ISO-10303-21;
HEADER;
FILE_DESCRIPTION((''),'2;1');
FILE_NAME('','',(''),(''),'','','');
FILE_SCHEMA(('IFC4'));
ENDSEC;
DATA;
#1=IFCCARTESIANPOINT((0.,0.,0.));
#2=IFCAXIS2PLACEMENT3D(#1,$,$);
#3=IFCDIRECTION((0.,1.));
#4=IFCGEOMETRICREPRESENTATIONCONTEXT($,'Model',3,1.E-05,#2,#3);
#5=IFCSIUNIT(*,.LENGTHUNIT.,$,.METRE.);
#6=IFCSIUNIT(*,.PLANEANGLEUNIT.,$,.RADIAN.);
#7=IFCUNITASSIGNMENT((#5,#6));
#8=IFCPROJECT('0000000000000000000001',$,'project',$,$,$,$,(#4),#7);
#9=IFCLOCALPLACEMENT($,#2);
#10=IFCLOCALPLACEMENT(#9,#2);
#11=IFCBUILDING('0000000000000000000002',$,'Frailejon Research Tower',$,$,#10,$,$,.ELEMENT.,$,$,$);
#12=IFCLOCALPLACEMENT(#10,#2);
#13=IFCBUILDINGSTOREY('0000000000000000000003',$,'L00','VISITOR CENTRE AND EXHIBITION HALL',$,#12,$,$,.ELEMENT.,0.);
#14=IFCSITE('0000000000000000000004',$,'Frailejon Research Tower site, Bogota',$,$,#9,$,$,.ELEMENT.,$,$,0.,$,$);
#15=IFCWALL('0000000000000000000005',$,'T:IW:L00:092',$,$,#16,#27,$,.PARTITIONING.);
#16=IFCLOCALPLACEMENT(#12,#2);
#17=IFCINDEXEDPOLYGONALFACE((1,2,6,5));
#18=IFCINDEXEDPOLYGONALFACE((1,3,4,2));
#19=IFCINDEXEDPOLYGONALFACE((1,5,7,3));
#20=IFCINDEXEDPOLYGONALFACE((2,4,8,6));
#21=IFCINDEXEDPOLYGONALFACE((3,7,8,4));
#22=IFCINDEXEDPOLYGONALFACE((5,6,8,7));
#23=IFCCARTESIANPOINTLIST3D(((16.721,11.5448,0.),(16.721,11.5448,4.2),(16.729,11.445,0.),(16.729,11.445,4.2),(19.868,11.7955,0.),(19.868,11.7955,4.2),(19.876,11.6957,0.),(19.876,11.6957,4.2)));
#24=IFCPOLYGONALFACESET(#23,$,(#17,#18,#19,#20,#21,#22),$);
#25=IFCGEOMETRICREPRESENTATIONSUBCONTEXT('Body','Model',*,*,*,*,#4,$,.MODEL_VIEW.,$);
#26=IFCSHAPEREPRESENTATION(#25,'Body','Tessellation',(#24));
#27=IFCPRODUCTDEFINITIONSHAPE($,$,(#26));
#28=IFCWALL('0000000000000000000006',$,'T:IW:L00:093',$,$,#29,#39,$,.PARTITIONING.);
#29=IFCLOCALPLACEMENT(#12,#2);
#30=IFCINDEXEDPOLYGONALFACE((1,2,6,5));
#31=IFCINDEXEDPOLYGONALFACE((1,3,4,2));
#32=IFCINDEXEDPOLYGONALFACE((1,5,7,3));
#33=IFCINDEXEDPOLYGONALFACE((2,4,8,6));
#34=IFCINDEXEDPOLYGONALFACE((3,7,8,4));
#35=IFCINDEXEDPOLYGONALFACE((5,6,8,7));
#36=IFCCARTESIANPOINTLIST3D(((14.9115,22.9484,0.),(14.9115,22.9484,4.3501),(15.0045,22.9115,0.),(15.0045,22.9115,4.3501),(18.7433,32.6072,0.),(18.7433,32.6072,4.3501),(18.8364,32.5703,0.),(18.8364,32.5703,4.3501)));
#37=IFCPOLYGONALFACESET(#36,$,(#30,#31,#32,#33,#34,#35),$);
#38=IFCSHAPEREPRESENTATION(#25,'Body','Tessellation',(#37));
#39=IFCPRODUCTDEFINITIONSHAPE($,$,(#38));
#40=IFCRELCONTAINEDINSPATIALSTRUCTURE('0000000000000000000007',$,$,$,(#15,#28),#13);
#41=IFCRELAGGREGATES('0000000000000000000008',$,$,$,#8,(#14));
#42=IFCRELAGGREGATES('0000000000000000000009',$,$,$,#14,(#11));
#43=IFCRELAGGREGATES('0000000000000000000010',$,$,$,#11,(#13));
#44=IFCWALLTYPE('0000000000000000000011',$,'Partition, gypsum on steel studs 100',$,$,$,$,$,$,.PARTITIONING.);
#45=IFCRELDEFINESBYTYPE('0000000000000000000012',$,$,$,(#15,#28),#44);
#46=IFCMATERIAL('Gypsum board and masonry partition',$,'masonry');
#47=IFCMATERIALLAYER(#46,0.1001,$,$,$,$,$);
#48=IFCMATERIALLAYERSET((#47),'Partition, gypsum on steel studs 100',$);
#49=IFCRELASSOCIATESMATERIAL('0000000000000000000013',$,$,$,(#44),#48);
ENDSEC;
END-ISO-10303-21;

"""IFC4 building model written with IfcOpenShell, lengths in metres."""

from ifc_helpers import new_model, si_unit, direction, frame, frame_2d, origin, place, context, subcontext, project, spatial, rectangle, extrude, material, layer, layer_set, type_object, element, save


model = new_model("IFC4")

# Units and contexts
model_context = context("Model", 3, precision=1e-05, world=origin(), true_north=direction((0.0, 1.0)))
body_context = subcontext(model_context, "Body", "Model", "MODEL_VIEW")
ifc_project = project(units=[si_unit("LENGTHUNIT", "METRE"), si_unit("PLANEANGLEUNIT", "RADIAN")], contexts=[model_context])

# Site, building, storey
site_placement = place(None, origin())
site = spatial("IfcSite", under=ifc_project, at=site_placement, Name="Frailejon Research Tower site, Bogota", CompositionType="ELEMENT", RefElevation=0.0)
building_placement = place(site_placement, origin())
building = spatial("IfcBuilding", under=site, at=building_placement, Name="Frailejon Research Tower", CompositionType="ELEMENT")
storey_placement = place(building_placement, origin())
storey = spatial("IfcBuildingStorey", under=building, at=storey_placement, Name="L00", Description="VISITOR CENTRE AND EXHIBITION HALL", CompositionType="ELEMENT", Elevation=0.0)

# Walls
ifc_material_1 = material(Name="Gypsum board and masonry partition", Category="masonry")
ifc_layer_1 = layer(ifc_material_1, 0.1001)
ifc_layer_set_1 = layer_set([ifc_layer_1], Name="Partition, gypsum on steel studs 100")
wall_type_1 = type_object("IfcWallType", Name="Partition, gypsum on steel studs 100", PredefinedType="PARTITIONING", material=ifc_layer_set_1)
wall_1_placement = place(storey_placement, frame((16.7249, 11.4949, 0.0), z_axis=(0.0, 0.0, 1.0), x_axis=(0.996841, 0.079422, 0.0)))
element("IfcWall", 1, at=wall_1_placement, inside=storey, type_object=wall_type_1, Name="T:IW:L00:092", PredefinedType="PARTITIONING", context=body_context, shape_type="SweptSolid", body=[
    extrude(rectangle(XDim=3.157, YDim=0.1001, at=frame_2d((1.5786, 0.0))), origin(), (0.0, 0.0, 1.0), 4.2),
])
wall_2_placement = place(storey_placement, frame((14.958, 22.9299, 0.0), z_axis=(0.0, 0.0, 1.0), x_axis=(0.36876, 0.929525, 0.0)))
element("IfcWall", 2, at=wall_2_placement, inside=storey, type_object=wall_type_1, Name="T:IW:L00:093", PredefinedType="PARTITIONING", context=body_context, shape_type="SweptSolid", body=[
    extrude(rectangle(XDim=10.3911, YDim=0.1001, at=frame_2d((5.1956, 0.0))), origin(), (0.0, 0.0, 1.0), 4.3501),
])

save(model, "model.ifc")
